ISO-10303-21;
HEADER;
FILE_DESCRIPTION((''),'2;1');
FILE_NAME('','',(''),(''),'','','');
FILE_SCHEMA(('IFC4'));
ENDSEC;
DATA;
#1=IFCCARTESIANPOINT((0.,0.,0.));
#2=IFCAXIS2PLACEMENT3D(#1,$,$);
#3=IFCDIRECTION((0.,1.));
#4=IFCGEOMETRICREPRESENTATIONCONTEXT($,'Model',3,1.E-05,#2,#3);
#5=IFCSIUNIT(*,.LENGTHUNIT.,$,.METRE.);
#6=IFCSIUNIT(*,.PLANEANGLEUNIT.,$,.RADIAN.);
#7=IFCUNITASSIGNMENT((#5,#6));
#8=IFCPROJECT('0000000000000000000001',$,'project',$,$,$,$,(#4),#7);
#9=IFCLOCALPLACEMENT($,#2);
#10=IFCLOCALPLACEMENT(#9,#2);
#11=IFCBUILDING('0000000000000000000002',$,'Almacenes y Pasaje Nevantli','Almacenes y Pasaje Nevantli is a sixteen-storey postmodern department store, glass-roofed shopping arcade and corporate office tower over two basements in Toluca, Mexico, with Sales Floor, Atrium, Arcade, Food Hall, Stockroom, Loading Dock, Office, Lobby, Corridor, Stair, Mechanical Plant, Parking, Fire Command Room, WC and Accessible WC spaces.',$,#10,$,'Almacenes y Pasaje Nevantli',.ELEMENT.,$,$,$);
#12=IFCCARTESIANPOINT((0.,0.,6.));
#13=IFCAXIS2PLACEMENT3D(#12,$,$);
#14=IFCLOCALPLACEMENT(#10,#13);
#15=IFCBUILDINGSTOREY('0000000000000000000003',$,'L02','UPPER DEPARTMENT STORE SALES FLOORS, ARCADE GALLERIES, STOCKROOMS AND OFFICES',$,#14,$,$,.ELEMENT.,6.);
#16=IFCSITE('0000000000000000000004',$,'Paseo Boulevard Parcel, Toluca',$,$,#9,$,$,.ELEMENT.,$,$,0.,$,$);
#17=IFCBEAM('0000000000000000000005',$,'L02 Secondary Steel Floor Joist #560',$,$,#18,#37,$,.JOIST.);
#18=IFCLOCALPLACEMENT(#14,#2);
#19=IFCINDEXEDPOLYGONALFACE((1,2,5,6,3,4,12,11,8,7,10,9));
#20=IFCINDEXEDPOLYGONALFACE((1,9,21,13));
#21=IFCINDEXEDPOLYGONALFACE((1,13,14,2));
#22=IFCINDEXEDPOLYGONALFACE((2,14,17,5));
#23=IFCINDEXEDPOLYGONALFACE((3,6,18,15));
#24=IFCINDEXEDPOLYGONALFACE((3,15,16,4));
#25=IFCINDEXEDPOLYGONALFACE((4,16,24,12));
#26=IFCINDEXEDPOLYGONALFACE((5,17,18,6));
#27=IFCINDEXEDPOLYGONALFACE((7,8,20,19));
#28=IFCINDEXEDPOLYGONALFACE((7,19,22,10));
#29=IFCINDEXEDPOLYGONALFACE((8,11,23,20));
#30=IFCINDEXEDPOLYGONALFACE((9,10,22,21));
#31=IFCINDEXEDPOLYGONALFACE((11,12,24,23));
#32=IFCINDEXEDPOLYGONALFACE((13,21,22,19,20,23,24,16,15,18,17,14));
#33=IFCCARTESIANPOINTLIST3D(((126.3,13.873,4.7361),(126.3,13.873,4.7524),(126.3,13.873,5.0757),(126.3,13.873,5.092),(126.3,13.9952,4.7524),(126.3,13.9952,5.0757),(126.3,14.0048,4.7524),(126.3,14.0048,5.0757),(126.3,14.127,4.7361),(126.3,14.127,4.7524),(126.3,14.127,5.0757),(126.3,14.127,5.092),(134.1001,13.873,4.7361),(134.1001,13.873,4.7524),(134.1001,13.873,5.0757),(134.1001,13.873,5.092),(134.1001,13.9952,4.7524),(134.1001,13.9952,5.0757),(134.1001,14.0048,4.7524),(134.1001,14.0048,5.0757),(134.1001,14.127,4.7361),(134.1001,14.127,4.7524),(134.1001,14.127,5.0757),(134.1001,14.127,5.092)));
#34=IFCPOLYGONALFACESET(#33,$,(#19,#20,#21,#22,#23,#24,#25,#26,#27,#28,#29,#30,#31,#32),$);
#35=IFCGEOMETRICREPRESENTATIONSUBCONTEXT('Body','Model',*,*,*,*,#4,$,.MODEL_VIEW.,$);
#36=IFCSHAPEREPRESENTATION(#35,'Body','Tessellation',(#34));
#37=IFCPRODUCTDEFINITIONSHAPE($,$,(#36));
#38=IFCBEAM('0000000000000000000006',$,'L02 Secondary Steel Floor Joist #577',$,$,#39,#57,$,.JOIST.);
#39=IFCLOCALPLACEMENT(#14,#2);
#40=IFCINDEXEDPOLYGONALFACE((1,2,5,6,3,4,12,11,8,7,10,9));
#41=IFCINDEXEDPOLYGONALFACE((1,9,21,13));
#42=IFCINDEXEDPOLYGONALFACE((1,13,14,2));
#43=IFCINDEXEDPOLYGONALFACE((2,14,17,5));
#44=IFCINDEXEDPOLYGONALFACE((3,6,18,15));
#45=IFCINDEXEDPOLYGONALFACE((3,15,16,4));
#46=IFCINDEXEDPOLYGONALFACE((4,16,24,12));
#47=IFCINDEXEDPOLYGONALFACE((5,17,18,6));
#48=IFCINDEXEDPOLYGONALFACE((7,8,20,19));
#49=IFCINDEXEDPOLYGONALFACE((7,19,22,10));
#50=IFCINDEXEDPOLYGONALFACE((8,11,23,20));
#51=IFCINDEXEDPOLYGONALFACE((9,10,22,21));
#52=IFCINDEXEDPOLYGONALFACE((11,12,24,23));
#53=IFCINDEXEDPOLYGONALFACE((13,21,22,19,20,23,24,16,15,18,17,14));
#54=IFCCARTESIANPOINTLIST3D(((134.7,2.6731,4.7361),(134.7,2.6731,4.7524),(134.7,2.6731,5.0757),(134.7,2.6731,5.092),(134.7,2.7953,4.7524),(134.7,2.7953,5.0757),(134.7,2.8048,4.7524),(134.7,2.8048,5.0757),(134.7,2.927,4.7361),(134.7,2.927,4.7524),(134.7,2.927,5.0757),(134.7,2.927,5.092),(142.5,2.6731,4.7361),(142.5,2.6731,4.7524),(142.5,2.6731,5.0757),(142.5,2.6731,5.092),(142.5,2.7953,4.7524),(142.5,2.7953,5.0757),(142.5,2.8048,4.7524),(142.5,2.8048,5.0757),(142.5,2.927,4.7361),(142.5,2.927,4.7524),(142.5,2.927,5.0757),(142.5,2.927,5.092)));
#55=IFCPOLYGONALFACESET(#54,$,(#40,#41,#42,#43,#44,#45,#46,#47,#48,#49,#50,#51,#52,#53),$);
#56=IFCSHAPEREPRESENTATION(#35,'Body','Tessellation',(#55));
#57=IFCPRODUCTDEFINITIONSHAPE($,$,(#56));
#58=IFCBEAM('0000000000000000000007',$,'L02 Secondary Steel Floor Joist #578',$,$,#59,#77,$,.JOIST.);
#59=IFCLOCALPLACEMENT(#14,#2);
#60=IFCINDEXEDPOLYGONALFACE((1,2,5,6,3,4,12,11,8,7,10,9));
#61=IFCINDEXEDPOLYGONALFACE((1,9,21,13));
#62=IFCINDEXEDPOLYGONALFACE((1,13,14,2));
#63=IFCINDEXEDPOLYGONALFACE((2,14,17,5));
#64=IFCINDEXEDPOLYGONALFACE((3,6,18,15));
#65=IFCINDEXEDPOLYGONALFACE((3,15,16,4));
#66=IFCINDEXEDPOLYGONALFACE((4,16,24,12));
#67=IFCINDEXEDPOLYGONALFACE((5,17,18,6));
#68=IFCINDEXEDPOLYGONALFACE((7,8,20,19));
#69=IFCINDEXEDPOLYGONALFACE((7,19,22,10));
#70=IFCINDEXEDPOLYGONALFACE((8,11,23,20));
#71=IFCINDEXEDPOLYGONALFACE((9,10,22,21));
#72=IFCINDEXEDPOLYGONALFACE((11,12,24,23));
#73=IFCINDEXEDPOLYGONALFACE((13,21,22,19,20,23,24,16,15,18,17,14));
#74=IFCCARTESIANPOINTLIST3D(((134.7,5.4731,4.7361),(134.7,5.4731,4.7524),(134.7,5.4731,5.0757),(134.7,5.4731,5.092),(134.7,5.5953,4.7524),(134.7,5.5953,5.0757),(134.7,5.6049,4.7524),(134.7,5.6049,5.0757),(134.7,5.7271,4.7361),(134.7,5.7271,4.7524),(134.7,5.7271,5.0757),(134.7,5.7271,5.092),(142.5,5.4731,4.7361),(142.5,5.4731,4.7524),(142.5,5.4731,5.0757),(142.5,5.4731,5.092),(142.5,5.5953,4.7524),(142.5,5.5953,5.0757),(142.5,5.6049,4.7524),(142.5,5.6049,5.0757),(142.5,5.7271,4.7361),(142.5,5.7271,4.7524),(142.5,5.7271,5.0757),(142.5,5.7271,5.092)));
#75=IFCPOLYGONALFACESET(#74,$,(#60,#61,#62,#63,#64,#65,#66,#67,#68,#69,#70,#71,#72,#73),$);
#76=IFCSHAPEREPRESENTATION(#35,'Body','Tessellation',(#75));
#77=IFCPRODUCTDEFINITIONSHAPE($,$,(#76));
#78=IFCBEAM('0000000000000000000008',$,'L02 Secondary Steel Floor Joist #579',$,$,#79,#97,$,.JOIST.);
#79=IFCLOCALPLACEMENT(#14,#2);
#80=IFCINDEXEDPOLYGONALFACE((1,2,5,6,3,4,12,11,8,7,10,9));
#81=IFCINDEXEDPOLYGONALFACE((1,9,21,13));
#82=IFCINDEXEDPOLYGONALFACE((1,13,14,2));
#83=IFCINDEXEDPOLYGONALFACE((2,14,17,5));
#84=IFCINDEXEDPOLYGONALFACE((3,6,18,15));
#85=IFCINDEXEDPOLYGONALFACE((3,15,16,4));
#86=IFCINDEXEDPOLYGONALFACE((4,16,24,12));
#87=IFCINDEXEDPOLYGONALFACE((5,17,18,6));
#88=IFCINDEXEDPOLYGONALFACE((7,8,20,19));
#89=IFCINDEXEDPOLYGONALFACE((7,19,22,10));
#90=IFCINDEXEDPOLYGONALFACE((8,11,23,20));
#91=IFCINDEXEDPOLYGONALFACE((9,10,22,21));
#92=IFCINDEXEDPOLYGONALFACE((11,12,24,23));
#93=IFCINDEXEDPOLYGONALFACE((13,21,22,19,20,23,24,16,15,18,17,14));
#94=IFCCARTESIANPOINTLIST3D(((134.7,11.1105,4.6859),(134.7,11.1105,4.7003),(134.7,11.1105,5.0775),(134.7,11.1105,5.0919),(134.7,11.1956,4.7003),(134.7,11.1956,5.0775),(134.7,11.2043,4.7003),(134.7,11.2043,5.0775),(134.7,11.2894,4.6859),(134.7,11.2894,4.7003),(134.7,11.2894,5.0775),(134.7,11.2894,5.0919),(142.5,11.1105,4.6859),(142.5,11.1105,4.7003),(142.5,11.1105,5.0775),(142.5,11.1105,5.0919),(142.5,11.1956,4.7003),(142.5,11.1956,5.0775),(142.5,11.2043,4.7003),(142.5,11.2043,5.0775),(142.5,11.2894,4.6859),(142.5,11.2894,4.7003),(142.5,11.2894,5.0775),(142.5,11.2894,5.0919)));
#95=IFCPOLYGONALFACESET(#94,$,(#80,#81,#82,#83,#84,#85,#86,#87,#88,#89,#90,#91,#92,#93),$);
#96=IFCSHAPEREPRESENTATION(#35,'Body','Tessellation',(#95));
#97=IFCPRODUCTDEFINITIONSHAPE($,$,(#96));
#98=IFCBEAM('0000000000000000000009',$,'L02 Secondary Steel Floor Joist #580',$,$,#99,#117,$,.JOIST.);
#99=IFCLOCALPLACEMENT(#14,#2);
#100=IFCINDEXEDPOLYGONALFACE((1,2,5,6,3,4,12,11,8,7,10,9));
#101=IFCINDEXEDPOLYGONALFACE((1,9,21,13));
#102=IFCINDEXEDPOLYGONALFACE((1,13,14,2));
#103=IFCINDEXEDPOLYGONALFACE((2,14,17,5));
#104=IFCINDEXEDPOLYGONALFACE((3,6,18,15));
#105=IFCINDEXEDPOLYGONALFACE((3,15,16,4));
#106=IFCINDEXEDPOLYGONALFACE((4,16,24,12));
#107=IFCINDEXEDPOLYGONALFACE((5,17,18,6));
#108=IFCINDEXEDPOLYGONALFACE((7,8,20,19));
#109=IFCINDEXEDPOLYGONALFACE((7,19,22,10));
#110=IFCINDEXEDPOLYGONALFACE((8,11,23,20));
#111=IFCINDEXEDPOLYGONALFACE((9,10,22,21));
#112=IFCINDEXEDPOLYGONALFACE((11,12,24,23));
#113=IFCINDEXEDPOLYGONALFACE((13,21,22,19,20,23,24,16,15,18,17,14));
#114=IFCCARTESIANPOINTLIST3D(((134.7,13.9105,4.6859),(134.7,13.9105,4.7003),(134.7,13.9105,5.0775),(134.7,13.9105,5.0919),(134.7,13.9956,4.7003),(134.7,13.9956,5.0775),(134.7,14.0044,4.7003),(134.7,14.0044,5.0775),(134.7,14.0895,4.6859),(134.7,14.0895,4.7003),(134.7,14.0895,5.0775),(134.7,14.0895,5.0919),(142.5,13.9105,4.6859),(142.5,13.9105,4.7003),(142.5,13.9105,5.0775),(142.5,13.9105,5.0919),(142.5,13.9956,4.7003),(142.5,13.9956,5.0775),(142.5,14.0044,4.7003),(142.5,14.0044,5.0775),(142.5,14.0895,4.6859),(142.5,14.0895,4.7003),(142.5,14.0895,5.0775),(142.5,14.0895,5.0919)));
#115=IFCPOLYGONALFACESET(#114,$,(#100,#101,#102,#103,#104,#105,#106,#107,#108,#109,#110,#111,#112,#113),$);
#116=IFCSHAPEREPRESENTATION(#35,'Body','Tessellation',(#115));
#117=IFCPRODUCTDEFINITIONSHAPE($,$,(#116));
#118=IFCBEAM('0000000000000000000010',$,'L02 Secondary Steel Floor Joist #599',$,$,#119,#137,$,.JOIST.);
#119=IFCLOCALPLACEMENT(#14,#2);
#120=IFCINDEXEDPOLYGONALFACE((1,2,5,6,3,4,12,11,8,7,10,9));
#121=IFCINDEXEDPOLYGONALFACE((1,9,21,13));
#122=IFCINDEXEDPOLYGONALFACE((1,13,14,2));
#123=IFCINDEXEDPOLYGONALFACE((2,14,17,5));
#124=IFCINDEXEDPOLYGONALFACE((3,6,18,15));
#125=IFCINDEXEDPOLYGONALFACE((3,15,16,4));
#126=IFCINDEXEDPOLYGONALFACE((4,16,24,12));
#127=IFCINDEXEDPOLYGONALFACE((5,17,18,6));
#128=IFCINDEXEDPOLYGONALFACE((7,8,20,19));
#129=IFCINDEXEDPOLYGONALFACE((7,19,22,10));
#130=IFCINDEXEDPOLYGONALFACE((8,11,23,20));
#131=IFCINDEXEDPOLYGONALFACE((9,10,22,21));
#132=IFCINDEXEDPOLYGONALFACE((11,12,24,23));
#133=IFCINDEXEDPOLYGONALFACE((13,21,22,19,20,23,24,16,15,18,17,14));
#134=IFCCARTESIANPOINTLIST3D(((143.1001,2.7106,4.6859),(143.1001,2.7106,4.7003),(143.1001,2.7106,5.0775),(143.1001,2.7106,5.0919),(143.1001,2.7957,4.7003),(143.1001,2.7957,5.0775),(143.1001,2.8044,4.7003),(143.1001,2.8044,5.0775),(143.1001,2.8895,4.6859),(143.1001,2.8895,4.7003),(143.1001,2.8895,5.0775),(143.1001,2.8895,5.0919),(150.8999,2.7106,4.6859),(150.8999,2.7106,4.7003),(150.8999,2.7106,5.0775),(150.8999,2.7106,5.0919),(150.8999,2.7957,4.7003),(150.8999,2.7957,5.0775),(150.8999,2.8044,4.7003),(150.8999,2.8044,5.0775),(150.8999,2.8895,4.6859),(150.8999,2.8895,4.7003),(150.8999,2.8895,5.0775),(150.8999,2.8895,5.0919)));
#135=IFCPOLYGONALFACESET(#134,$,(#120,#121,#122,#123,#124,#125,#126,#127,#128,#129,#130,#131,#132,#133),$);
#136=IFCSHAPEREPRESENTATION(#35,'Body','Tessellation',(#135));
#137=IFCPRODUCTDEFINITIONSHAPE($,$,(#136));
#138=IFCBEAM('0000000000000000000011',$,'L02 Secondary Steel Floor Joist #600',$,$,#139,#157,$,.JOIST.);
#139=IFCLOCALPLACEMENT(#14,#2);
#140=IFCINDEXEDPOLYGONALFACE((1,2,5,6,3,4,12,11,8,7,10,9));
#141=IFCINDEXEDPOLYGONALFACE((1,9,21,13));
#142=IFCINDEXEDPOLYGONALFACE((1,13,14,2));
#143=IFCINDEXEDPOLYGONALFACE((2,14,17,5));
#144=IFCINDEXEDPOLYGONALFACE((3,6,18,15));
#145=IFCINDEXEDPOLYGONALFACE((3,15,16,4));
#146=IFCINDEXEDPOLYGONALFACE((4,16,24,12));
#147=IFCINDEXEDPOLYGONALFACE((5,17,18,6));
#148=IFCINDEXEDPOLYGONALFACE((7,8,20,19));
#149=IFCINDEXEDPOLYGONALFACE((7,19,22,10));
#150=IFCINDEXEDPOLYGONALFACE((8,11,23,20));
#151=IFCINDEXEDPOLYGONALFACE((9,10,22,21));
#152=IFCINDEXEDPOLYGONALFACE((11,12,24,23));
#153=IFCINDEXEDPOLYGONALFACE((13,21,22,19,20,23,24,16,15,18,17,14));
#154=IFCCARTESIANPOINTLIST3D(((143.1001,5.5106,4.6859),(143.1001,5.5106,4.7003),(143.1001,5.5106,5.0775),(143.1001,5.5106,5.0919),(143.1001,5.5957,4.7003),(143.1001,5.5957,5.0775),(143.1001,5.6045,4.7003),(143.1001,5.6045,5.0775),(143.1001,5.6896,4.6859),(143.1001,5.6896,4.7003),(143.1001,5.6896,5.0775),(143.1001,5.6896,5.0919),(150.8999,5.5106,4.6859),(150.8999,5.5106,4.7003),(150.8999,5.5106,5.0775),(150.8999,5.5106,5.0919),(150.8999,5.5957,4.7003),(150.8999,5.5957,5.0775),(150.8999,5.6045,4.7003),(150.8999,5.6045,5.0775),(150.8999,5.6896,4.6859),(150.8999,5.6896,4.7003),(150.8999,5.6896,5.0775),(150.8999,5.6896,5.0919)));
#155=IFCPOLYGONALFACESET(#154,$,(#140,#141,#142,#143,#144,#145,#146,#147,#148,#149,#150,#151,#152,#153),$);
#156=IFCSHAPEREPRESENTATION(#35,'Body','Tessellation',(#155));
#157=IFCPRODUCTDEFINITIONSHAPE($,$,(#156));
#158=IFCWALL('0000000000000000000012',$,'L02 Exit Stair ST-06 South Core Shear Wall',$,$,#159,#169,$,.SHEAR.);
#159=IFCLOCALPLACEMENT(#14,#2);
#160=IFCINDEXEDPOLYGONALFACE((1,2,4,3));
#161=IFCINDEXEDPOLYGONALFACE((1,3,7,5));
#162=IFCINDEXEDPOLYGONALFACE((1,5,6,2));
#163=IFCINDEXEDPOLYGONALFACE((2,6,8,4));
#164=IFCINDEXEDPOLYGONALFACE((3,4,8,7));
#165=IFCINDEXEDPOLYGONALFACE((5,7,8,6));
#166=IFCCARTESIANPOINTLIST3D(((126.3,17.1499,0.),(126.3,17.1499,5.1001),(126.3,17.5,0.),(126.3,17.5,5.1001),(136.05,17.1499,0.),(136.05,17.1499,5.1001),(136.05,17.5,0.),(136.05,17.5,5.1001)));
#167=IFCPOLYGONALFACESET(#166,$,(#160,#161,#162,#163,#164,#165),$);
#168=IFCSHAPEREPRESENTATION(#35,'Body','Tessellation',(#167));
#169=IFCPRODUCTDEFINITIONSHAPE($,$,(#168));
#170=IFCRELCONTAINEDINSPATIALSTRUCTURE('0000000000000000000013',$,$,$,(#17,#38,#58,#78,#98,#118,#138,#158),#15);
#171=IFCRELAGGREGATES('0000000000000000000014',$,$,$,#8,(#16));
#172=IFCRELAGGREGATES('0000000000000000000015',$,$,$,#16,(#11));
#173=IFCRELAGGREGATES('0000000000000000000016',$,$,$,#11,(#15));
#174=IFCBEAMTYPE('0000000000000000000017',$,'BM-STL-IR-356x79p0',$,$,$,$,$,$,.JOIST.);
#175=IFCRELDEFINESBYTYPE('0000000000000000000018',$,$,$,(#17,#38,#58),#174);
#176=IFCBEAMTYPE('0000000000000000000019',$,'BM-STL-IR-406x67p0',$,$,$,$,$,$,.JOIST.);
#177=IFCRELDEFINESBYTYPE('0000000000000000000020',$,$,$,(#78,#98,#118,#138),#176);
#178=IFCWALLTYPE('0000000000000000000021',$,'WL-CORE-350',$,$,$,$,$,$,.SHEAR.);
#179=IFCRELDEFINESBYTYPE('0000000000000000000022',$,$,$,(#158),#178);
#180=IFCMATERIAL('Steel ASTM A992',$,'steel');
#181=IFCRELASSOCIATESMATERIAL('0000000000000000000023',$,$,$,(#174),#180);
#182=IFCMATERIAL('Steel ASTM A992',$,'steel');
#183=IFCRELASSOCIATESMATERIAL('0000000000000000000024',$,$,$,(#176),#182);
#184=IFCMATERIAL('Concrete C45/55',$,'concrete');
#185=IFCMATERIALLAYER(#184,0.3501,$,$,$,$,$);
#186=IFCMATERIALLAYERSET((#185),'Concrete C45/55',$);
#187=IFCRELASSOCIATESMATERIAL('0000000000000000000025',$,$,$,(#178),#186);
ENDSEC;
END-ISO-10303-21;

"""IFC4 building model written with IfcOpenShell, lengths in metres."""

from ifc_helpers import new_model, si_unit, direction, frame, frame_2d, origin, origin_2d, place, context, subcontext, project, spatial, rectangle, i_section, extrude, material, layer, layer_set, material_profile, profile_set, type_object, element, save


model = new_model("IFC4")

# Units and contexts
model_context = context("Model", 3, precision=1e-05, world=origin(), true_north=direction((0.0, 1.0)))
body_context = subcontext(model_context, "Body", "Model", "MODEL_VIEW")
ifc_project = project(units=[si_unit("LENGTHUNIT", "METRE"), si_unit("PLANEANGLEUNIT", "RADIAN")], contexts=[model_context])

# Site, building, storey
site_placement = place(None, origin())
site = spatial("IfcSite", under=ifc_project, at=site_placement, Name="Paseo Boulevard Parcel, Toluca", CompositionType="ELEMENT", RefElevation=0.0)
building_placement = place(site_placement, origin())
building = spatial("IfcBuilding", under=site, at=building_placement, Name="Almacenes y Pasaje Nevantli", Description="Almacenes y Pasaje Nevantli is a sixteen-storey postmodern department store, glass-roofed shopping arcade and corporate office tower over two basements in Toluca, Mexico, with Sales Floor, Atrium, Arcade, Food Hall, Stockroom, Loading Dock, Office, Lobby, Corridor, Stair, Mechanical Plant, Parking, Fire Command Room, WC and Accessible WC spaces.", LongName="Almacenes y Pasaje Nevantli", CompositionType="ELEMENT")
storey_placement = place(building_placement, frame((0.0, 0.0, 6.0)))
storey = spatial("IfcBuildingStorey", under=building, at=storey_placement, Name="L02", Description="UPPER DEPARTMENT STORE SALES FLOORS, ARCADE GALLERIES, STOCKROOMS AND OFFICES", CompositionType="ELEMENT", Elevation=6.0)

# Beams
ifc_material_1 = material(Name="Steel ASTM A992", Category="steel")
ifc_material_profile_1 = material_profile(ifc_material_1, i_section(OverallWidth=0.2539, OverallDepth=0.356, WebThickness=0.0095, FlangeThickness=0.0164, at=origin_2d()), Name="IR 356x79.0")
ifc_profile_set_1 = profile_set([ifc_material_profile_1], Name="Steel ASTM A992")
beam_type_1 = type_object("IfcBeamType", Name="BM-STL-IR-356x79p0", PredefinedType="JOIST", material=ifc_profile_set_1)
for number, where, z_axis, x_axis, name in (
    (1, (126.3, 14.0, 4.9141), (1.0, 0.0, 0.0), (0.0, 1.0, 0.0), "L02 Secondary Steel Floor Joist #560"),
    (2, (134.7, 2.8, 4.9141), (1.0, 0.0, 0.0), (0.0, 1.0, 0.0), "L02 Secondary Steel Floor Joist #577"),
    (3, (134.7, 5.6001, 4.9141), (1.0, 0.0, 0.0), (0.0, 1.0, 0.0), "L02 Secondary Steel Floor Joist #578"),
):
    element("IfcBeam", number, at=place(storey_placement, frame(where, z_axis=z_axis, x_axis=x_axis)), inside=storey, type_object=beam_type_1, Name=name, PredefinedType="JOIST", context=body_context, shape_type="SweptSolid", body=[
        extrude(i_section(OverallWidth=0.2539, OverallDepth=0.356, WebThickness=0.0095, FlangeThickness=0.0164, at=origin_2d()), origin(), (0.0, 0.0, 1.0), 7.8),
    ])
ifc_material_2 = material(Name="Steel ASTM A992", Category="steel")
ifc_material_profile_2 = material_profile(ifc_material_2, i_section(OverallWidth=0.179, OverallDepth=0.406, WebThickness=0.0088, FlangeThickness=0.0144, at=origin_2d()), Name="IR 406x67.0")
ifc_profile_set_2 = profile_set([ifc_material_profile_2], Name="Steel ASTM A992")
beam_type_2 = type_object("IfcBeamType", Name="BM-STL-IR-406x67p0", PredefinedType="JOIST", material=ifc_profile_set_2)
for number, where, z_axis, x_axis, name in (
    (4, (134.7, 11.2, 4.8889), (1.0, 0.0, 0.0), (0.0, 1.0, 0.0), "L02 Secondary Steel Floor Joist #579"),
    (5, (134.7, 14.0, 4.8889), (1.0, 0.0, 0.0), (0.0, 1.0, 0.0), "L02 Secondary Steel Floor Joist #580"),
):
    element("IfcBeam", number, at=place(storey_placement, frame(where, z_axis=z_axis, x_axis=x_axis)), inside=storey, type_object=beam_type_2, Name=name, PredefinedType="JOIST", context=body_context, shape_type="SweptSolid", body=[
        extrude(i_section(OverallWidth=0.179, OverallDepth=0.406, WebThickness=0.0088, FlangeThickness=0.0144, at=origin_2d()), origin(), (0.0, 0.0, 1.0), 7.8),
    ])
for number, where, z_axis, x_axis, name in (
    (6, (143.1001, 2.8, 4.8889), (1.0, 0.0, 0.0), (0.0, 1.0, 0.0), "L02 Secondary Steel Floor Joist #599"),
    (7, (143.1001, 5.6001, 4.8889), (1.0, 0.0, 0.0), (0.0, 1.0, 0.0), "L02 Secondary Steel Floor Joist #600"),
):
    element("IfcBeam", number, at=place(storey_placement, frame(where, z_axis=z_axis, x_axis=x_axis)), inside=storey, type_object=beam_type_2, Name=name, PredefinedType="JOIST", context=body_context, shape_type="SweptSolid", body=[
        extrude(i_section(OverallWidth=0.179, OverallDepth=0.406, WebThickness=0.0088, FlangeThickness=0.0144, at=origin_2d()), origin(), (0.0, 0.0, 1.0), 7.7998),
    ])

# Wall
ifc_material_3 = material(Name="Concrete C45/55", Category="concrete")
ifc_layer_1 = layer(ifc_material_3, 0.3501)
ifc_layer_set_1 = layer_set([ifc_layer_1], Name="Concrete C45/55")
wall_type_1 = type_object("IfcWallType", Name="WL-CORE-350", PredefinedType="SHEAR", material=ifc_layer_set_1)
wall_1_placement = place(storey_placement, frame((126.3, 17.325, 0.0), z_axis=(0.0, 0.0, 1.0), x_axis=(1.0, 0.0, 0.0)))
element("IfcWall", 8, at=wall_1_placement, inside=storey, type_object=wall_type_1, Name="L02 Exit Stair ST-06 South Core Shear Wall", PredefinedType="SHEAR", context=body_context, shape_type="SweptSolid", body=[
    extrude(rectangle(XDim=9.75, YDim=0.3501, at=frame_2d((4.875, 0.0))), origin(), (0.0, 0.0, 1.0), 5.1001),
])

save(model, "model.ifc")
